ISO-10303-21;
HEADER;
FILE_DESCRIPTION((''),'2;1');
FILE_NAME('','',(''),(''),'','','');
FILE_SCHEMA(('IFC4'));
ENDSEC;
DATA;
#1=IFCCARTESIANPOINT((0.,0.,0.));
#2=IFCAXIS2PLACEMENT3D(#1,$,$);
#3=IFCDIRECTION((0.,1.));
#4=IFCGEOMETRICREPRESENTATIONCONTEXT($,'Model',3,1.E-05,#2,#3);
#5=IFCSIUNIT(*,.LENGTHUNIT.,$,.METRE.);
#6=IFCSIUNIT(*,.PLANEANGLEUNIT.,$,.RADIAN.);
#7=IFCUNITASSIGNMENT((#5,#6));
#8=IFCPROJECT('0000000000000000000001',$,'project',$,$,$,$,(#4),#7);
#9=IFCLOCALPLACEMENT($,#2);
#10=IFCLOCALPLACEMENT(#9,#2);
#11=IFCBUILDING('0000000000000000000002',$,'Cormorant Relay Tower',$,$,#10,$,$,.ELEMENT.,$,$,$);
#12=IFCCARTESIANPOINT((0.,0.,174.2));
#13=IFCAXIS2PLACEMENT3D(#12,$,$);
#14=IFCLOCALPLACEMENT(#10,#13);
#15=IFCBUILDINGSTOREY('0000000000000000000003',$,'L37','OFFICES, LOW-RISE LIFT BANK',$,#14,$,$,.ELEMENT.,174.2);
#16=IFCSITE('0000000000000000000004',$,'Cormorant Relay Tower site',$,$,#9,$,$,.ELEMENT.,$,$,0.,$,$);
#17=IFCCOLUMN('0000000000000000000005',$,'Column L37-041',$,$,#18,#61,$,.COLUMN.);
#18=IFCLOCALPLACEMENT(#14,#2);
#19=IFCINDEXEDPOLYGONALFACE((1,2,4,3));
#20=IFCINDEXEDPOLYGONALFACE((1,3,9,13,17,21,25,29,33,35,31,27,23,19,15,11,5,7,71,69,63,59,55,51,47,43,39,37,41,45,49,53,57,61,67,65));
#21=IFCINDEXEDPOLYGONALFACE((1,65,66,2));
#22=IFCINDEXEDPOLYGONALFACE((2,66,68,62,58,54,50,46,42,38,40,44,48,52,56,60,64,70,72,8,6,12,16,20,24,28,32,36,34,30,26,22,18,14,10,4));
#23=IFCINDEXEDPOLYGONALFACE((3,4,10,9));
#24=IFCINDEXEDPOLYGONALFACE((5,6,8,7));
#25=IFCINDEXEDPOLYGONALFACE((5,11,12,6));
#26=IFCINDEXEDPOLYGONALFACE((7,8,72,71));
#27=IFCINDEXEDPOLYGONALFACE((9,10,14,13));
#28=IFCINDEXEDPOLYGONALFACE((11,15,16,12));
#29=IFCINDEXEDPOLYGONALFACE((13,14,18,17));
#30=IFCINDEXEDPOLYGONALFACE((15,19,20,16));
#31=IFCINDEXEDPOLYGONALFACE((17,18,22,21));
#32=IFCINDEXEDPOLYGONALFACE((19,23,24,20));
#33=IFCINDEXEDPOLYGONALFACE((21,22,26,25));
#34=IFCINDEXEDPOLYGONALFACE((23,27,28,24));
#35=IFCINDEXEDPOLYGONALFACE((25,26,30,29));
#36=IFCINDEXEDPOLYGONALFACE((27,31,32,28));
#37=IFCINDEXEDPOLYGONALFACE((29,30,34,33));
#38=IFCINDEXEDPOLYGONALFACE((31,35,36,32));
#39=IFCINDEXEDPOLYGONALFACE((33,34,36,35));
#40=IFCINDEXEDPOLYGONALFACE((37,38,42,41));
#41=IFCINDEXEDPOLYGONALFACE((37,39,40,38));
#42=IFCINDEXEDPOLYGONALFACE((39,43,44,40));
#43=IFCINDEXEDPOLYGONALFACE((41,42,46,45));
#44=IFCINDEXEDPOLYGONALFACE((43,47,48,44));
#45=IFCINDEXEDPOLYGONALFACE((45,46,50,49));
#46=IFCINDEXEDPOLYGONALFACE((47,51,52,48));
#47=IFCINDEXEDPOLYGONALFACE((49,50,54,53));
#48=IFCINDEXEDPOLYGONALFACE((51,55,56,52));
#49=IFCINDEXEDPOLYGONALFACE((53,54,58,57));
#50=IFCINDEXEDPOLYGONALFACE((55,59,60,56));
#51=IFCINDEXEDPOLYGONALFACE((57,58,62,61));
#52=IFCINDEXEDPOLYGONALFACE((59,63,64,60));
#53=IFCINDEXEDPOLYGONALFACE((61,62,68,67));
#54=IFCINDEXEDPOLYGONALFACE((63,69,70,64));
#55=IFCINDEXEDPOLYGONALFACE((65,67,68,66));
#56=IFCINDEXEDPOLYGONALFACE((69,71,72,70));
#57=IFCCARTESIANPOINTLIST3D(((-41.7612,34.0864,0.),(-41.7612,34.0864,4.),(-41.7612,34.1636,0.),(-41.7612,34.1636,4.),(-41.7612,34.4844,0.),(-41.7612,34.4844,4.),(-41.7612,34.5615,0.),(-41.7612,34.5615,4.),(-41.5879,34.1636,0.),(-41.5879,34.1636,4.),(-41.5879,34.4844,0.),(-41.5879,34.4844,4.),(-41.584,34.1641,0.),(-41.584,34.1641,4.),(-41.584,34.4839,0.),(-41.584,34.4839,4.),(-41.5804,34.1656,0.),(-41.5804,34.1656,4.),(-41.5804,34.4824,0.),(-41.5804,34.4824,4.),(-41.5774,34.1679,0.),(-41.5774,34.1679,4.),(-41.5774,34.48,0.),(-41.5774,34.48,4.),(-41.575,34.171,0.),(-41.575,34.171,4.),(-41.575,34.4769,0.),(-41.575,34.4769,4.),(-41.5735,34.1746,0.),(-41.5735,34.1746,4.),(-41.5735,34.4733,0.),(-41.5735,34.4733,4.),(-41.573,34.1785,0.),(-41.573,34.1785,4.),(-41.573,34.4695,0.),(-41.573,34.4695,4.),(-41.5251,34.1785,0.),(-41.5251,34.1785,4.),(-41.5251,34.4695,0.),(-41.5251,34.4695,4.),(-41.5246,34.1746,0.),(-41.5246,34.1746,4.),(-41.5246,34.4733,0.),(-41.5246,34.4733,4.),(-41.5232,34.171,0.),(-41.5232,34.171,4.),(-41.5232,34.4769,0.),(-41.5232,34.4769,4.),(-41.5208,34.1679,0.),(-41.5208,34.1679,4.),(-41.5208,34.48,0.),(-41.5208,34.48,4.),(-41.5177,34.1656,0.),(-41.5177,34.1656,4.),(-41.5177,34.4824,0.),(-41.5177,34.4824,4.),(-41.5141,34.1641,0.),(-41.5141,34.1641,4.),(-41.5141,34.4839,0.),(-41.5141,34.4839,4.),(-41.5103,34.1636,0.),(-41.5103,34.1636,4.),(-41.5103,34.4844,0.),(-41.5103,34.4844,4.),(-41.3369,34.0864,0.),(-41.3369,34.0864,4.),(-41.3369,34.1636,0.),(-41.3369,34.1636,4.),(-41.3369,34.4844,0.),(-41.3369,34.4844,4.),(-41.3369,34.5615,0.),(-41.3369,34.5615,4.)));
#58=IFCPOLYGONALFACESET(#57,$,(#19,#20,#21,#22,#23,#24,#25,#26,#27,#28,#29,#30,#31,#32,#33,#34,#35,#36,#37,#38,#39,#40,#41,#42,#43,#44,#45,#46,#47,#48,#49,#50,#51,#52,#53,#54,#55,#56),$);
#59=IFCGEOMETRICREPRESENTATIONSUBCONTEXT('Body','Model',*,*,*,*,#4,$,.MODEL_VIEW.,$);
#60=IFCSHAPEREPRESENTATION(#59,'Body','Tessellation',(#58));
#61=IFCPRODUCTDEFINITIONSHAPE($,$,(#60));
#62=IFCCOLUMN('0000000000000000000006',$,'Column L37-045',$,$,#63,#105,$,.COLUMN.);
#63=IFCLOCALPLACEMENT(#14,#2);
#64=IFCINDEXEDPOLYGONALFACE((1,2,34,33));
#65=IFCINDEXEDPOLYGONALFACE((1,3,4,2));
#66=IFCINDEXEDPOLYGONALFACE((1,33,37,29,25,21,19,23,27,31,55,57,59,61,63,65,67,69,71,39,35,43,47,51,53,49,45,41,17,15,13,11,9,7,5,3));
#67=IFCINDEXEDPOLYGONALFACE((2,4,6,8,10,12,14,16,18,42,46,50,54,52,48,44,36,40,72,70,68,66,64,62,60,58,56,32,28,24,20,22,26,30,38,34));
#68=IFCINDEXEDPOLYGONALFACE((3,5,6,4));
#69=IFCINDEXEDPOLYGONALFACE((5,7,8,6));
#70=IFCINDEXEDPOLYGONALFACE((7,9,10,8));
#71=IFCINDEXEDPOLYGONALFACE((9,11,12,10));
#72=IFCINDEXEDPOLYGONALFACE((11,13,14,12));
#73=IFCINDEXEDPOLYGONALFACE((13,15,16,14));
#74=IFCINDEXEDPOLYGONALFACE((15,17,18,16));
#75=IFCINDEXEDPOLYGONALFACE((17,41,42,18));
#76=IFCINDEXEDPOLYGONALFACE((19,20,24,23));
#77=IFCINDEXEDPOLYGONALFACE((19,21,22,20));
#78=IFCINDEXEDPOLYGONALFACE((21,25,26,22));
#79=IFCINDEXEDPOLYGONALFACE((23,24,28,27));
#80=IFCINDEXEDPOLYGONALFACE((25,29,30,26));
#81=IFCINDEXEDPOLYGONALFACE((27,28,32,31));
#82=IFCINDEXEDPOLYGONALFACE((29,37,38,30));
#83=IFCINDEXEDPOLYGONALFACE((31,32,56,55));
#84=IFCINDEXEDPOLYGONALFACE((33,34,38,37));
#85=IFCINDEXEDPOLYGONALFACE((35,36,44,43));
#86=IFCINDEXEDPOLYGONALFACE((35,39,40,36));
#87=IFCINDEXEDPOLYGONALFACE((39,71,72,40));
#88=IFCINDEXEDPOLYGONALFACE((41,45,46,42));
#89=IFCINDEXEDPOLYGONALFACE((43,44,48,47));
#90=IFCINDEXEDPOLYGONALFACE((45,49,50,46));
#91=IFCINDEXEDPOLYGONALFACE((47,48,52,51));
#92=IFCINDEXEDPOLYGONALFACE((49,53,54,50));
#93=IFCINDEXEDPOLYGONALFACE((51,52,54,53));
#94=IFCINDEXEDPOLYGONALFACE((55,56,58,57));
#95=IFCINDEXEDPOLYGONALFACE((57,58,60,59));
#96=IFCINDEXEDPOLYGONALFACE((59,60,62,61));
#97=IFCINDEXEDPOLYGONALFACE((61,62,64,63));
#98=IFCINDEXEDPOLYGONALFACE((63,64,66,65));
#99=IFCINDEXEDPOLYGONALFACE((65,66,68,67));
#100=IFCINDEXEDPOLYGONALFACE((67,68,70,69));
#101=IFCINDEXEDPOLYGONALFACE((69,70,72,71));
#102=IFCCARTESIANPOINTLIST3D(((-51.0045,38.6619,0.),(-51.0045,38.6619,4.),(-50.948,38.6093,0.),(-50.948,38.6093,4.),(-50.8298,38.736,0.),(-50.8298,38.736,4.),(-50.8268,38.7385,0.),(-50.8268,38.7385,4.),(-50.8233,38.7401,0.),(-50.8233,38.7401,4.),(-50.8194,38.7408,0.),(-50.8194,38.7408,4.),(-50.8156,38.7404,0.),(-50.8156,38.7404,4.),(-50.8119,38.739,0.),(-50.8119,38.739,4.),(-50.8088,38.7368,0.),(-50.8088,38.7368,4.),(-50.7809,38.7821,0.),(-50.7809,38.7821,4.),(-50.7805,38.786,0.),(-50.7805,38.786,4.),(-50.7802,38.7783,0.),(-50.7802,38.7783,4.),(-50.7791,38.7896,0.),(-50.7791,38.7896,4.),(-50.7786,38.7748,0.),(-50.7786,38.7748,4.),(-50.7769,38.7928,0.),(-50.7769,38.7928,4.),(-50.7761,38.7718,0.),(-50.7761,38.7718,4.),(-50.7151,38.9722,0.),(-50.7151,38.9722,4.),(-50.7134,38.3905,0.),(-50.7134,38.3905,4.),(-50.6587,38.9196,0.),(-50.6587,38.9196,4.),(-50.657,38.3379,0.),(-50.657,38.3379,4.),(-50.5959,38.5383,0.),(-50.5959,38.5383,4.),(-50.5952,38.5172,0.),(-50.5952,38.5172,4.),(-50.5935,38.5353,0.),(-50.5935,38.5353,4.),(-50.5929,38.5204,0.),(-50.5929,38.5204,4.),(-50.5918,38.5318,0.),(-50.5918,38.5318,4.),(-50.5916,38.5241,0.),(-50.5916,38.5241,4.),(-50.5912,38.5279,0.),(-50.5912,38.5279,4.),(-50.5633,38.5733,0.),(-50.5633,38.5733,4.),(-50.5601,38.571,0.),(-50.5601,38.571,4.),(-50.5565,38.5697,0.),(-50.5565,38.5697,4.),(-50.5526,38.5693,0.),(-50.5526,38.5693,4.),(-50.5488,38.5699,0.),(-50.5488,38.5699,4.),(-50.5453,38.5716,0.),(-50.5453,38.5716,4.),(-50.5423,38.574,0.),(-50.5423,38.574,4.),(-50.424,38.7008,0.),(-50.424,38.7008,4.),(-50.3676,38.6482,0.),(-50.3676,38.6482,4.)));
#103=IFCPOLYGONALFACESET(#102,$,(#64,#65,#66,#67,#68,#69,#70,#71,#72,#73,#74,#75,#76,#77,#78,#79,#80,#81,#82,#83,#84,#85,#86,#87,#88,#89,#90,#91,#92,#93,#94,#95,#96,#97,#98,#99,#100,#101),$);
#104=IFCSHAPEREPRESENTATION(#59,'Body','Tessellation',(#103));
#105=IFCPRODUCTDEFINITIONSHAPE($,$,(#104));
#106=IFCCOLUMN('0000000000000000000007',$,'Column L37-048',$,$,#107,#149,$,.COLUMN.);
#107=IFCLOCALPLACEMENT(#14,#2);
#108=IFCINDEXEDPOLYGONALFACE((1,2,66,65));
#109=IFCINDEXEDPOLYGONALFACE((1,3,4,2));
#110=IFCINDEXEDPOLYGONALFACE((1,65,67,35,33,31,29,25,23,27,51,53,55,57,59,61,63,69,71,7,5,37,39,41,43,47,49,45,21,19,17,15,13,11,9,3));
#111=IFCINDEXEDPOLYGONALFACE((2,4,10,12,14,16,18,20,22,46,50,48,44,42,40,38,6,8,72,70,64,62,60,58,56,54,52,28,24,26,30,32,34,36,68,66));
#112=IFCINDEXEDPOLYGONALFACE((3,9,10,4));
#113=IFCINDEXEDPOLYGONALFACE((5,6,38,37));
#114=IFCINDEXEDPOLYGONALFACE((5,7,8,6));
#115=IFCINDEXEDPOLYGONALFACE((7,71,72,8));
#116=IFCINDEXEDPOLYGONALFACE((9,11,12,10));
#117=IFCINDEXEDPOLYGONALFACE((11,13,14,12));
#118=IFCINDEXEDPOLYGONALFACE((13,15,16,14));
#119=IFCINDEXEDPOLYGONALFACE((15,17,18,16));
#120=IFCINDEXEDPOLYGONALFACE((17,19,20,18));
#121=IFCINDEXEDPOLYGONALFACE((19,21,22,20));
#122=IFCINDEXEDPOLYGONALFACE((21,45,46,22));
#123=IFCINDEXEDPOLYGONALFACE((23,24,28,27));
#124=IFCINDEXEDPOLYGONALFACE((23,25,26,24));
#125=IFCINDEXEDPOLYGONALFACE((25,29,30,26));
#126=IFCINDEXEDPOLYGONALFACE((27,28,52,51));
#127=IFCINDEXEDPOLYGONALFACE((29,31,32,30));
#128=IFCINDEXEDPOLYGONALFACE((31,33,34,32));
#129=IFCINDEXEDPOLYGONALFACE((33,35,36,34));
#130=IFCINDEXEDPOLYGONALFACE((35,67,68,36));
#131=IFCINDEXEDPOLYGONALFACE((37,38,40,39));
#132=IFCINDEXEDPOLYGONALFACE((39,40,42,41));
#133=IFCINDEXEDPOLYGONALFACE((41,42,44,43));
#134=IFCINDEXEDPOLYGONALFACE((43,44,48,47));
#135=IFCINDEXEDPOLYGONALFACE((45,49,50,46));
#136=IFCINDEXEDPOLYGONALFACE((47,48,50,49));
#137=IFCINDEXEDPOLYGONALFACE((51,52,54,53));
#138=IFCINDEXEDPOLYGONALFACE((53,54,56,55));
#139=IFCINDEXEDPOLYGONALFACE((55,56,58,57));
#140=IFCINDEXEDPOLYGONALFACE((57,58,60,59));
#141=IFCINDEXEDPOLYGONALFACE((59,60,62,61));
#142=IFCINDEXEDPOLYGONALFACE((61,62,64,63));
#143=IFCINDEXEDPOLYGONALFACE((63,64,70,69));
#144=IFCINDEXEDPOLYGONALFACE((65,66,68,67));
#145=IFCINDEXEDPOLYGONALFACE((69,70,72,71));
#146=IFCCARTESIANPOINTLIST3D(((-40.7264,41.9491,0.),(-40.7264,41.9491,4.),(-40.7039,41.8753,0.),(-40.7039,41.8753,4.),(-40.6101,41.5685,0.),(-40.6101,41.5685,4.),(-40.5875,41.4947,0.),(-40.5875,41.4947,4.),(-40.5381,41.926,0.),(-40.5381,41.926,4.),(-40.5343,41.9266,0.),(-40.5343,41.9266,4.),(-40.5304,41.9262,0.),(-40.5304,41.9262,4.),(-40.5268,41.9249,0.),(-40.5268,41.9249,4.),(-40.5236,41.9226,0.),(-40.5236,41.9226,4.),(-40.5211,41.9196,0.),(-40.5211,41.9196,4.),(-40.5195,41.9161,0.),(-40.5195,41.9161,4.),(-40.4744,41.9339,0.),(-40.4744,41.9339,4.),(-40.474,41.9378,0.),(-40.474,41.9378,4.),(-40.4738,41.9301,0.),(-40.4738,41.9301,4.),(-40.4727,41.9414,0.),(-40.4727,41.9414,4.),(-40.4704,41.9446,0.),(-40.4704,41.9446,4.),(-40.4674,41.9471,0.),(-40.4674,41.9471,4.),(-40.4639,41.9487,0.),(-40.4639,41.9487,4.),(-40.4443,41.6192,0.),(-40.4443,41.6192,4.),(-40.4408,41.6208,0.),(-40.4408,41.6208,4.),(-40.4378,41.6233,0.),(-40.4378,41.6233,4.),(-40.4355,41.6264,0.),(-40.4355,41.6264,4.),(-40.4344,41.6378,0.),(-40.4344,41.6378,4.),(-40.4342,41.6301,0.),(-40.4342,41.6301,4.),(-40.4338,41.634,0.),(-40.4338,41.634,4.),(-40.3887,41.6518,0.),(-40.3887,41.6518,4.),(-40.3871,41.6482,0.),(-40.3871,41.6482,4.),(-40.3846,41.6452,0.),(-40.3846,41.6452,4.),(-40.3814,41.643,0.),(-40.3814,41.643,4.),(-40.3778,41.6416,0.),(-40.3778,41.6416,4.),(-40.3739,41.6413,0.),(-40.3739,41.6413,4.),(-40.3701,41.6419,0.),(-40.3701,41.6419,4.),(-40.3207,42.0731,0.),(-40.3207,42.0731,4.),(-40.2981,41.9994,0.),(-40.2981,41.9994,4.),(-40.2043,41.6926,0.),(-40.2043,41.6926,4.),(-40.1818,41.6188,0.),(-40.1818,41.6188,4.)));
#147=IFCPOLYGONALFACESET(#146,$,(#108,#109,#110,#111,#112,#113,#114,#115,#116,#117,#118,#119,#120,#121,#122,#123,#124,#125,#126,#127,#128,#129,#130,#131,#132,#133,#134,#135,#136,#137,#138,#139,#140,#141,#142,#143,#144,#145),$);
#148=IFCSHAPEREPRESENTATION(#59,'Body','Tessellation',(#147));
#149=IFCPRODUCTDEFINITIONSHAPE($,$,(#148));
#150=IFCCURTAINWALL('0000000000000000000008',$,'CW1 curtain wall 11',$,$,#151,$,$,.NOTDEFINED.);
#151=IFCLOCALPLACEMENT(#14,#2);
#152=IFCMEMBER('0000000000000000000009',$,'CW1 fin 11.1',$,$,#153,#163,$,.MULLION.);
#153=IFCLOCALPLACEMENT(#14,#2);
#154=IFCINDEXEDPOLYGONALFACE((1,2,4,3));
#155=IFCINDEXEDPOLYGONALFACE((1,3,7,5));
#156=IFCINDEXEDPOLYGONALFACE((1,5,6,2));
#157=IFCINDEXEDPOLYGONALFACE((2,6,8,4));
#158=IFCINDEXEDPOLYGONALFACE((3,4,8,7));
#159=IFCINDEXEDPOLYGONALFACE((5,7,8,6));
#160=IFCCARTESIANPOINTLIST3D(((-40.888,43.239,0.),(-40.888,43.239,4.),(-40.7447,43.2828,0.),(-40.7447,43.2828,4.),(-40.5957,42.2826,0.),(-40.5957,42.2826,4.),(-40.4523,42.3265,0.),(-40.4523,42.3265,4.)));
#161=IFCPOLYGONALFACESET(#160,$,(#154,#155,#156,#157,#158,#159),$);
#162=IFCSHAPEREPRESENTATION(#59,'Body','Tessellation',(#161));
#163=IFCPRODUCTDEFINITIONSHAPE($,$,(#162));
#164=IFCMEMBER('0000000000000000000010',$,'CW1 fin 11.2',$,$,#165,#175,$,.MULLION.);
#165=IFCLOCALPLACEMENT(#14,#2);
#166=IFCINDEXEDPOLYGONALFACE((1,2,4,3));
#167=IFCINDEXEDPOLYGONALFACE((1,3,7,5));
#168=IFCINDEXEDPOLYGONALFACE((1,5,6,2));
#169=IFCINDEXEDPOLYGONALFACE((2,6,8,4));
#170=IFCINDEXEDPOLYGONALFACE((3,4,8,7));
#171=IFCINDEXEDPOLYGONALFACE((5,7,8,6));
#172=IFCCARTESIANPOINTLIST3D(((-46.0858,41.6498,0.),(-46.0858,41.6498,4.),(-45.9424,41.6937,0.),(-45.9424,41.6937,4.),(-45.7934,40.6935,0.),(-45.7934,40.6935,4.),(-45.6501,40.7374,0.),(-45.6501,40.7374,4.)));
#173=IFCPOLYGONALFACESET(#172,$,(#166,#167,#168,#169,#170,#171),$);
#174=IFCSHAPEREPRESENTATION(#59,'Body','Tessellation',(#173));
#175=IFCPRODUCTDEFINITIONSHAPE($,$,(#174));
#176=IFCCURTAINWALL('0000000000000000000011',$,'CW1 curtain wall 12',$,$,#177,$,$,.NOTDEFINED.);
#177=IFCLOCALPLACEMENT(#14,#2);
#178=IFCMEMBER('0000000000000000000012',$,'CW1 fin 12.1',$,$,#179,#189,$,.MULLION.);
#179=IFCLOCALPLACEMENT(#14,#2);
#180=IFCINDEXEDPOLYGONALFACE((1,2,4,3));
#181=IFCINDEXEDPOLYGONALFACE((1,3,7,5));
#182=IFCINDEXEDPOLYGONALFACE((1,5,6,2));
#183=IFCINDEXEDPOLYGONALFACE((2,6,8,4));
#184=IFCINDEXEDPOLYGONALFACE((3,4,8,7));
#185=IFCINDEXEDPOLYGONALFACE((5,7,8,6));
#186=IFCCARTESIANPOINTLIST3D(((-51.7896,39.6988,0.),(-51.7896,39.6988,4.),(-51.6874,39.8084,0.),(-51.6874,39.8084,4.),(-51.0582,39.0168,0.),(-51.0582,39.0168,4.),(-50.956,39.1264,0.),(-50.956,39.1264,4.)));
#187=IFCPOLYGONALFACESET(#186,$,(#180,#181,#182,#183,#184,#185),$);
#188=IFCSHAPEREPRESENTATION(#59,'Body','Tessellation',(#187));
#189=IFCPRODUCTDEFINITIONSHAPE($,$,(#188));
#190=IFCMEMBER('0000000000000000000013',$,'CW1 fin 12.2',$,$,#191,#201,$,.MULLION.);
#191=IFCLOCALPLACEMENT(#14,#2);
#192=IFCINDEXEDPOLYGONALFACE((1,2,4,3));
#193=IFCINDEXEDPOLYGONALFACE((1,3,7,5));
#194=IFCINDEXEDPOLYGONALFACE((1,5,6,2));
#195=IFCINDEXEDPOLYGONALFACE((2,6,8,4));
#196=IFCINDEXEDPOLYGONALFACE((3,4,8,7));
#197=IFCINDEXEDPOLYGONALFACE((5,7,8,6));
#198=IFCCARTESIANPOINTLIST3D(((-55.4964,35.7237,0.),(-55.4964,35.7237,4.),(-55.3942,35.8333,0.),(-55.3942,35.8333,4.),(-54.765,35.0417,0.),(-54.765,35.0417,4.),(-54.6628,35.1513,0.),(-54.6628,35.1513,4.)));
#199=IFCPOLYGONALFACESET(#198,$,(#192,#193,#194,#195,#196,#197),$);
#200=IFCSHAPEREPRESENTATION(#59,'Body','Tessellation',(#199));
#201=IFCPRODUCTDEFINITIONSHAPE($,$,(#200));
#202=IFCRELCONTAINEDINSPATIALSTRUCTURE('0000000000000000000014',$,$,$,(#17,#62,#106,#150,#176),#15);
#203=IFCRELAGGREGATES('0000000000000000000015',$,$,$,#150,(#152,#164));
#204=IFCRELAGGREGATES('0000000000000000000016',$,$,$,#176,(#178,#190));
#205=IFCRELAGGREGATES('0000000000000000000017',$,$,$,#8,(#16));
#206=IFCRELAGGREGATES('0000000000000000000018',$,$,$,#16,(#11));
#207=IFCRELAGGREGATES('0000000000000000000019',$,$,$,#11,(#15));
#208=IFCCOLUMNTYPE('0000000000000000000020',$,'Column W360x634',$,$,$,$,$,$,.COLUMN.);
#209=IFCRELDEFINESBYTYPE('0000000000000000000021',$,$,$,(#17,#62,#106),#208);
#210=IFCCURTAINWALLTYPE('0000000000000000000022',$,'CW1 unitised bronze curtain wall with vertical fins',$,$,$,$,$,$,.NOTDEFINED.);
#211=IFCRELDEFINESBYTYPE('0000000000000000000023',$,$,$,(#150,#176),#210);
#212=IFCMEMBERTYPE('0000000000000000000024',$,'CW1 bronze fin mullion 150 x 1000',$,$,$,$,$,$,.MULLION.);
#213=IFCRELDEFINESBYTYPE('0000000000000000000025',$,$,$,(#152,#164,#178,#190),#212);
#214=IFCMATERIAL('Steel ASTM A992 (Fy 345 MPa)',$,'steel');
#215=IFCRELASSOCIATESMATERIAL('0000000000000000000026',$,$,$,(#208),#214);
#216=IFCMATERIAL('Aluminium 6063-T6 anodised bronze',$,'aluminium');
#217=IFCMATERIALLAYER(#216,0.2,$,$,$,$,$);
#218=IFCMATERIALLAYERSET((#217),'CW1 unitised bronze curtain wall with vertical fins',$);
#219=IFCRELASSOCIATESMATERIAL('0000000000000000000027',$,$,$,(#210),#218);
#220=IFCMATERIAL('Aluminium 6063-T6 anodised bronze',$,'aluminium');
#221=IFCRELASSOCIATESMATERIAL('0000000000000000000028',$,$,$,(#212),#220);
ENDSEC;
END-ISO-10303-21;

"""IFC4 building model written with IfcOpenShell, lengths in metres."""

from ifc_helpers import new_model, si_unit, direction, frame, origin, origin_2d, place, context, subcontext, project, spatial, rectangle, i_section, extrude, material, layer, layer_set, material_profile, profile_set, type_object, element, aggregate, save


model = new_model("IFC4")

# Units and contexts
model_context = context("Model", 3, precision=1e-05, world=origin(), true_north=direction((0.0, 1.0)))
body_context = subcontext(model_context, "Body", "Model", "MODEL_VIEW")
ifc_project = project(units=[si_unit("LENGTHUNIT", "METRE"), si_unit("PLANEANGLEUNIT", "RADIAN")], contexts=[model_context])

# Site, building, storey
site_placement = place(None, origin())
site = spatial("IfcSite", under=ifc_project, at=site_placement, Name="Cormorant Relay Tower site", CompositionType="ELEMENT", RefElevation=0.0)
building_placement = place(site_placement, origin())
building = spatial("IfcBuilding", under=site, at=building_placement, Name="Cormorant Relay Tower", CompositionType="ELEMENT")
storey_placement = place(building_placement, frame((0.0, 0.0, 174.2)))
storey = spatial("IfcBuildingStorey", under=building, at=storey_placement, Name="L37", Description="OFFICES, LOW-RISE LIFT BANK", CompositionType="ELEMENT", Elevation=174.2)

# Columns
ifc_material_1 = material(Name="Steel ASTM A992 (Fy 345 MPa)", Category="steel")
ifc_material_profile_1 = material_profile(ifc_material_1, i_section(OverallWidth=0.4243, OverallDepth=0.4751, WebThickness=0.0479, FlangeThickness=0.0771, FilletRadius=0.0149, at=origin_2d()), Name="W360x634")
ifc_profile_set_1 = profile_set([ifc_material_profile_1], Name="Steel ASTM A992 (Fy 345 MPa)")
column_type = type_object("IfcColumnType", Name="Column W360x634", PredefinedType="COLUMN", material=ifc_profile_set_1)
for number, where, z_axis, x_axis, name in (
    (1, (-41.5491, 34.324, 0.0), (0.0, 0.0, 1.0), (1.0, 0.0, 0.0), "Column L37-041"),
    (2, (-50.686, 38.655, 0.0), (0.0, 0.0, 1.0), (-0.681998, -0.731354, 0.0), "Column L37-045"),
    (3, (-40.4541, 41.7839, 0.0), (0.0, 0.0, 1.0), (-0.956305, -0.292372, 0.0), "Column L37-048"),
):
    element("IfcColumn", number, at=place(storey_placement, frame(where, z_axis=z_axis, x_axis=x_axis)), inside=storey, type_object=column_type, Name=name, PredefinedType="COLUMN", context=body_context, shape_type="SweptSolid", body=[
        extrude(i_section(OverallWidth=0.4243, OverallDepth=0.4751, WebThickness=0.0479, FlangeThickness=0.0771, FilletRadius=0.0149, at=origin_2d()), origin(), (0.0, 0.0, 1.0), 4.0),
    ])

# Curtain walls, members
ifc_material_2 = material(Name="Aluminium 6063-T6 anodised bronze", Category="aluminium")
ifc_layer_1 = layer(ifc_material_2, 0.2)
ifc_layer_set_1 = layer_set([ifc_layer_1], Name="CW1 unitised bronze curtain wall with vertical fins")
curtain_wall_type = type_object("IfcCurtainWallType", Name="CW1 unitised bronze curtain wall with vertical fins", PredefinedType="NOTDEFINED", material=ifc_layer_set_1)
curtain_wall_1_placement = place(storey_placement, origin())
curtain_wall_1 = element("IfcCurtainWall", 4, at=curtain_wall_1_placement, inside=storey, type_object=curtain_wall_type, Name="CW1 curtain wall 11", PredefinedType="NOTDEFINED")
ifc_material_3 = material(Name="Aluminium 6063-T6 anodised bronze", Category="aluminium")
ifc_material_profile_2 = material_profile(ifc_material_3, rectangle(XDim=0.1499, YDim=1.0, at=origin_2d()), Name="AL 150x1000")
ifc_profile_set_2 = profile_set([ifc_material_profile_2], Name="Aluminium 6063-T6 anodised bronze")
member_type_1 = type_object("IfcMemberType", Name="CW1 bronze fin mullion 150 x 1000", PredefinedType="MULLION", material=ifc_profile_set_2)
member_1_placement = place(storey_placement, frame((-40.6702, 42.7827, 0.0), z_axis=(0.0, 0.0, 1.0), x_axis=(-0.956305, -0.292372, 0.0)))
member_1 = element("IfcMember", 5, at=member_1_placement, type_object=member_type_1, Name="CW1 fin 11.1", PredefinedType="MULLION", context=body_context, shape_type="SweptSolid", body=[
    extrude(rectangle(XDim=0.1499, YDim=1.0, at=origin_2d()), origin(), (0.0, 0.0, 1.0), 4.0),
])
member_2_placement = place(storey_placement, frame((-45.8679, 41.1936, 0.0), z_axis=(0.0, 0.0, 1.0), x_axis=(-0.956305, -0.292372, 0.0)))
member_2 = element("IfcMember", 6, at=member_2_placement, type_object=member_type_1, Name="CW1 fin 11.2", PredefinedType="MULLION", context=body_context, shape_type="SweptSolid", body=[
    extrude(rectangle(XDim=0.1499, YDim=1.0, at=origin_2d()), origin(), (0.0, 0.0, 1.0), 4.0),
])
curtain_wall_2_placement = place(storey_placement, origin())
curtain_wall_2 = element("IfcCurtainWall", 7, at=curtain_wall_2_placement, inside=storey, type_object=curtain_wall_type, Name="CW1 curtain wall 12", PredefinedType="NOTDEFINED")
member_3_placement = place(storey_placement, frame((-51.3728, 39.4126, 0.0), z_axis=(0.0, 0.0, 1.0), x_axis=(-0.681998, -0.731354, 0.0)))
member_3 = element("IfcMember", 8, at=member_3_placement, type_object=member_type_1, Name="CW1 fin 12.1", PredefinedType="MULLION", context=body_context, shape_type="SweptSolid", body=[
    extrude(rectangle(XDim=0.1499, YDim=1.0, at=origin_2d()), origin(), (0.0, 0.0, 1.0), 4.0),
])
member_4_placement = place(storey_placement, frame((-55.0796, 35.4375, 0.0), z_axis=(0.0, 0.0, 1.0), x_axis=(-0.681998, -0.731354, 0.0)))
member_4 = element("IfcMember", 9, at=member_4_placement, type_object=member_type_1, Name="CW1 fin 12.2", PredefinedType="MULLION", context=body_context, shape_type="SweptSolid", body=[
    extrude(rectangle(XDim=0.1499, YDim=1.0, at=origin_2d()), origin(), (0.0, 0.0, 1.0), 4.0),
])

aggregate(curtain_wall_1, [member_1, member_2])
aggregate(curtain_wall_2, [member_3, member_4])

save(model, "model.ifc")
